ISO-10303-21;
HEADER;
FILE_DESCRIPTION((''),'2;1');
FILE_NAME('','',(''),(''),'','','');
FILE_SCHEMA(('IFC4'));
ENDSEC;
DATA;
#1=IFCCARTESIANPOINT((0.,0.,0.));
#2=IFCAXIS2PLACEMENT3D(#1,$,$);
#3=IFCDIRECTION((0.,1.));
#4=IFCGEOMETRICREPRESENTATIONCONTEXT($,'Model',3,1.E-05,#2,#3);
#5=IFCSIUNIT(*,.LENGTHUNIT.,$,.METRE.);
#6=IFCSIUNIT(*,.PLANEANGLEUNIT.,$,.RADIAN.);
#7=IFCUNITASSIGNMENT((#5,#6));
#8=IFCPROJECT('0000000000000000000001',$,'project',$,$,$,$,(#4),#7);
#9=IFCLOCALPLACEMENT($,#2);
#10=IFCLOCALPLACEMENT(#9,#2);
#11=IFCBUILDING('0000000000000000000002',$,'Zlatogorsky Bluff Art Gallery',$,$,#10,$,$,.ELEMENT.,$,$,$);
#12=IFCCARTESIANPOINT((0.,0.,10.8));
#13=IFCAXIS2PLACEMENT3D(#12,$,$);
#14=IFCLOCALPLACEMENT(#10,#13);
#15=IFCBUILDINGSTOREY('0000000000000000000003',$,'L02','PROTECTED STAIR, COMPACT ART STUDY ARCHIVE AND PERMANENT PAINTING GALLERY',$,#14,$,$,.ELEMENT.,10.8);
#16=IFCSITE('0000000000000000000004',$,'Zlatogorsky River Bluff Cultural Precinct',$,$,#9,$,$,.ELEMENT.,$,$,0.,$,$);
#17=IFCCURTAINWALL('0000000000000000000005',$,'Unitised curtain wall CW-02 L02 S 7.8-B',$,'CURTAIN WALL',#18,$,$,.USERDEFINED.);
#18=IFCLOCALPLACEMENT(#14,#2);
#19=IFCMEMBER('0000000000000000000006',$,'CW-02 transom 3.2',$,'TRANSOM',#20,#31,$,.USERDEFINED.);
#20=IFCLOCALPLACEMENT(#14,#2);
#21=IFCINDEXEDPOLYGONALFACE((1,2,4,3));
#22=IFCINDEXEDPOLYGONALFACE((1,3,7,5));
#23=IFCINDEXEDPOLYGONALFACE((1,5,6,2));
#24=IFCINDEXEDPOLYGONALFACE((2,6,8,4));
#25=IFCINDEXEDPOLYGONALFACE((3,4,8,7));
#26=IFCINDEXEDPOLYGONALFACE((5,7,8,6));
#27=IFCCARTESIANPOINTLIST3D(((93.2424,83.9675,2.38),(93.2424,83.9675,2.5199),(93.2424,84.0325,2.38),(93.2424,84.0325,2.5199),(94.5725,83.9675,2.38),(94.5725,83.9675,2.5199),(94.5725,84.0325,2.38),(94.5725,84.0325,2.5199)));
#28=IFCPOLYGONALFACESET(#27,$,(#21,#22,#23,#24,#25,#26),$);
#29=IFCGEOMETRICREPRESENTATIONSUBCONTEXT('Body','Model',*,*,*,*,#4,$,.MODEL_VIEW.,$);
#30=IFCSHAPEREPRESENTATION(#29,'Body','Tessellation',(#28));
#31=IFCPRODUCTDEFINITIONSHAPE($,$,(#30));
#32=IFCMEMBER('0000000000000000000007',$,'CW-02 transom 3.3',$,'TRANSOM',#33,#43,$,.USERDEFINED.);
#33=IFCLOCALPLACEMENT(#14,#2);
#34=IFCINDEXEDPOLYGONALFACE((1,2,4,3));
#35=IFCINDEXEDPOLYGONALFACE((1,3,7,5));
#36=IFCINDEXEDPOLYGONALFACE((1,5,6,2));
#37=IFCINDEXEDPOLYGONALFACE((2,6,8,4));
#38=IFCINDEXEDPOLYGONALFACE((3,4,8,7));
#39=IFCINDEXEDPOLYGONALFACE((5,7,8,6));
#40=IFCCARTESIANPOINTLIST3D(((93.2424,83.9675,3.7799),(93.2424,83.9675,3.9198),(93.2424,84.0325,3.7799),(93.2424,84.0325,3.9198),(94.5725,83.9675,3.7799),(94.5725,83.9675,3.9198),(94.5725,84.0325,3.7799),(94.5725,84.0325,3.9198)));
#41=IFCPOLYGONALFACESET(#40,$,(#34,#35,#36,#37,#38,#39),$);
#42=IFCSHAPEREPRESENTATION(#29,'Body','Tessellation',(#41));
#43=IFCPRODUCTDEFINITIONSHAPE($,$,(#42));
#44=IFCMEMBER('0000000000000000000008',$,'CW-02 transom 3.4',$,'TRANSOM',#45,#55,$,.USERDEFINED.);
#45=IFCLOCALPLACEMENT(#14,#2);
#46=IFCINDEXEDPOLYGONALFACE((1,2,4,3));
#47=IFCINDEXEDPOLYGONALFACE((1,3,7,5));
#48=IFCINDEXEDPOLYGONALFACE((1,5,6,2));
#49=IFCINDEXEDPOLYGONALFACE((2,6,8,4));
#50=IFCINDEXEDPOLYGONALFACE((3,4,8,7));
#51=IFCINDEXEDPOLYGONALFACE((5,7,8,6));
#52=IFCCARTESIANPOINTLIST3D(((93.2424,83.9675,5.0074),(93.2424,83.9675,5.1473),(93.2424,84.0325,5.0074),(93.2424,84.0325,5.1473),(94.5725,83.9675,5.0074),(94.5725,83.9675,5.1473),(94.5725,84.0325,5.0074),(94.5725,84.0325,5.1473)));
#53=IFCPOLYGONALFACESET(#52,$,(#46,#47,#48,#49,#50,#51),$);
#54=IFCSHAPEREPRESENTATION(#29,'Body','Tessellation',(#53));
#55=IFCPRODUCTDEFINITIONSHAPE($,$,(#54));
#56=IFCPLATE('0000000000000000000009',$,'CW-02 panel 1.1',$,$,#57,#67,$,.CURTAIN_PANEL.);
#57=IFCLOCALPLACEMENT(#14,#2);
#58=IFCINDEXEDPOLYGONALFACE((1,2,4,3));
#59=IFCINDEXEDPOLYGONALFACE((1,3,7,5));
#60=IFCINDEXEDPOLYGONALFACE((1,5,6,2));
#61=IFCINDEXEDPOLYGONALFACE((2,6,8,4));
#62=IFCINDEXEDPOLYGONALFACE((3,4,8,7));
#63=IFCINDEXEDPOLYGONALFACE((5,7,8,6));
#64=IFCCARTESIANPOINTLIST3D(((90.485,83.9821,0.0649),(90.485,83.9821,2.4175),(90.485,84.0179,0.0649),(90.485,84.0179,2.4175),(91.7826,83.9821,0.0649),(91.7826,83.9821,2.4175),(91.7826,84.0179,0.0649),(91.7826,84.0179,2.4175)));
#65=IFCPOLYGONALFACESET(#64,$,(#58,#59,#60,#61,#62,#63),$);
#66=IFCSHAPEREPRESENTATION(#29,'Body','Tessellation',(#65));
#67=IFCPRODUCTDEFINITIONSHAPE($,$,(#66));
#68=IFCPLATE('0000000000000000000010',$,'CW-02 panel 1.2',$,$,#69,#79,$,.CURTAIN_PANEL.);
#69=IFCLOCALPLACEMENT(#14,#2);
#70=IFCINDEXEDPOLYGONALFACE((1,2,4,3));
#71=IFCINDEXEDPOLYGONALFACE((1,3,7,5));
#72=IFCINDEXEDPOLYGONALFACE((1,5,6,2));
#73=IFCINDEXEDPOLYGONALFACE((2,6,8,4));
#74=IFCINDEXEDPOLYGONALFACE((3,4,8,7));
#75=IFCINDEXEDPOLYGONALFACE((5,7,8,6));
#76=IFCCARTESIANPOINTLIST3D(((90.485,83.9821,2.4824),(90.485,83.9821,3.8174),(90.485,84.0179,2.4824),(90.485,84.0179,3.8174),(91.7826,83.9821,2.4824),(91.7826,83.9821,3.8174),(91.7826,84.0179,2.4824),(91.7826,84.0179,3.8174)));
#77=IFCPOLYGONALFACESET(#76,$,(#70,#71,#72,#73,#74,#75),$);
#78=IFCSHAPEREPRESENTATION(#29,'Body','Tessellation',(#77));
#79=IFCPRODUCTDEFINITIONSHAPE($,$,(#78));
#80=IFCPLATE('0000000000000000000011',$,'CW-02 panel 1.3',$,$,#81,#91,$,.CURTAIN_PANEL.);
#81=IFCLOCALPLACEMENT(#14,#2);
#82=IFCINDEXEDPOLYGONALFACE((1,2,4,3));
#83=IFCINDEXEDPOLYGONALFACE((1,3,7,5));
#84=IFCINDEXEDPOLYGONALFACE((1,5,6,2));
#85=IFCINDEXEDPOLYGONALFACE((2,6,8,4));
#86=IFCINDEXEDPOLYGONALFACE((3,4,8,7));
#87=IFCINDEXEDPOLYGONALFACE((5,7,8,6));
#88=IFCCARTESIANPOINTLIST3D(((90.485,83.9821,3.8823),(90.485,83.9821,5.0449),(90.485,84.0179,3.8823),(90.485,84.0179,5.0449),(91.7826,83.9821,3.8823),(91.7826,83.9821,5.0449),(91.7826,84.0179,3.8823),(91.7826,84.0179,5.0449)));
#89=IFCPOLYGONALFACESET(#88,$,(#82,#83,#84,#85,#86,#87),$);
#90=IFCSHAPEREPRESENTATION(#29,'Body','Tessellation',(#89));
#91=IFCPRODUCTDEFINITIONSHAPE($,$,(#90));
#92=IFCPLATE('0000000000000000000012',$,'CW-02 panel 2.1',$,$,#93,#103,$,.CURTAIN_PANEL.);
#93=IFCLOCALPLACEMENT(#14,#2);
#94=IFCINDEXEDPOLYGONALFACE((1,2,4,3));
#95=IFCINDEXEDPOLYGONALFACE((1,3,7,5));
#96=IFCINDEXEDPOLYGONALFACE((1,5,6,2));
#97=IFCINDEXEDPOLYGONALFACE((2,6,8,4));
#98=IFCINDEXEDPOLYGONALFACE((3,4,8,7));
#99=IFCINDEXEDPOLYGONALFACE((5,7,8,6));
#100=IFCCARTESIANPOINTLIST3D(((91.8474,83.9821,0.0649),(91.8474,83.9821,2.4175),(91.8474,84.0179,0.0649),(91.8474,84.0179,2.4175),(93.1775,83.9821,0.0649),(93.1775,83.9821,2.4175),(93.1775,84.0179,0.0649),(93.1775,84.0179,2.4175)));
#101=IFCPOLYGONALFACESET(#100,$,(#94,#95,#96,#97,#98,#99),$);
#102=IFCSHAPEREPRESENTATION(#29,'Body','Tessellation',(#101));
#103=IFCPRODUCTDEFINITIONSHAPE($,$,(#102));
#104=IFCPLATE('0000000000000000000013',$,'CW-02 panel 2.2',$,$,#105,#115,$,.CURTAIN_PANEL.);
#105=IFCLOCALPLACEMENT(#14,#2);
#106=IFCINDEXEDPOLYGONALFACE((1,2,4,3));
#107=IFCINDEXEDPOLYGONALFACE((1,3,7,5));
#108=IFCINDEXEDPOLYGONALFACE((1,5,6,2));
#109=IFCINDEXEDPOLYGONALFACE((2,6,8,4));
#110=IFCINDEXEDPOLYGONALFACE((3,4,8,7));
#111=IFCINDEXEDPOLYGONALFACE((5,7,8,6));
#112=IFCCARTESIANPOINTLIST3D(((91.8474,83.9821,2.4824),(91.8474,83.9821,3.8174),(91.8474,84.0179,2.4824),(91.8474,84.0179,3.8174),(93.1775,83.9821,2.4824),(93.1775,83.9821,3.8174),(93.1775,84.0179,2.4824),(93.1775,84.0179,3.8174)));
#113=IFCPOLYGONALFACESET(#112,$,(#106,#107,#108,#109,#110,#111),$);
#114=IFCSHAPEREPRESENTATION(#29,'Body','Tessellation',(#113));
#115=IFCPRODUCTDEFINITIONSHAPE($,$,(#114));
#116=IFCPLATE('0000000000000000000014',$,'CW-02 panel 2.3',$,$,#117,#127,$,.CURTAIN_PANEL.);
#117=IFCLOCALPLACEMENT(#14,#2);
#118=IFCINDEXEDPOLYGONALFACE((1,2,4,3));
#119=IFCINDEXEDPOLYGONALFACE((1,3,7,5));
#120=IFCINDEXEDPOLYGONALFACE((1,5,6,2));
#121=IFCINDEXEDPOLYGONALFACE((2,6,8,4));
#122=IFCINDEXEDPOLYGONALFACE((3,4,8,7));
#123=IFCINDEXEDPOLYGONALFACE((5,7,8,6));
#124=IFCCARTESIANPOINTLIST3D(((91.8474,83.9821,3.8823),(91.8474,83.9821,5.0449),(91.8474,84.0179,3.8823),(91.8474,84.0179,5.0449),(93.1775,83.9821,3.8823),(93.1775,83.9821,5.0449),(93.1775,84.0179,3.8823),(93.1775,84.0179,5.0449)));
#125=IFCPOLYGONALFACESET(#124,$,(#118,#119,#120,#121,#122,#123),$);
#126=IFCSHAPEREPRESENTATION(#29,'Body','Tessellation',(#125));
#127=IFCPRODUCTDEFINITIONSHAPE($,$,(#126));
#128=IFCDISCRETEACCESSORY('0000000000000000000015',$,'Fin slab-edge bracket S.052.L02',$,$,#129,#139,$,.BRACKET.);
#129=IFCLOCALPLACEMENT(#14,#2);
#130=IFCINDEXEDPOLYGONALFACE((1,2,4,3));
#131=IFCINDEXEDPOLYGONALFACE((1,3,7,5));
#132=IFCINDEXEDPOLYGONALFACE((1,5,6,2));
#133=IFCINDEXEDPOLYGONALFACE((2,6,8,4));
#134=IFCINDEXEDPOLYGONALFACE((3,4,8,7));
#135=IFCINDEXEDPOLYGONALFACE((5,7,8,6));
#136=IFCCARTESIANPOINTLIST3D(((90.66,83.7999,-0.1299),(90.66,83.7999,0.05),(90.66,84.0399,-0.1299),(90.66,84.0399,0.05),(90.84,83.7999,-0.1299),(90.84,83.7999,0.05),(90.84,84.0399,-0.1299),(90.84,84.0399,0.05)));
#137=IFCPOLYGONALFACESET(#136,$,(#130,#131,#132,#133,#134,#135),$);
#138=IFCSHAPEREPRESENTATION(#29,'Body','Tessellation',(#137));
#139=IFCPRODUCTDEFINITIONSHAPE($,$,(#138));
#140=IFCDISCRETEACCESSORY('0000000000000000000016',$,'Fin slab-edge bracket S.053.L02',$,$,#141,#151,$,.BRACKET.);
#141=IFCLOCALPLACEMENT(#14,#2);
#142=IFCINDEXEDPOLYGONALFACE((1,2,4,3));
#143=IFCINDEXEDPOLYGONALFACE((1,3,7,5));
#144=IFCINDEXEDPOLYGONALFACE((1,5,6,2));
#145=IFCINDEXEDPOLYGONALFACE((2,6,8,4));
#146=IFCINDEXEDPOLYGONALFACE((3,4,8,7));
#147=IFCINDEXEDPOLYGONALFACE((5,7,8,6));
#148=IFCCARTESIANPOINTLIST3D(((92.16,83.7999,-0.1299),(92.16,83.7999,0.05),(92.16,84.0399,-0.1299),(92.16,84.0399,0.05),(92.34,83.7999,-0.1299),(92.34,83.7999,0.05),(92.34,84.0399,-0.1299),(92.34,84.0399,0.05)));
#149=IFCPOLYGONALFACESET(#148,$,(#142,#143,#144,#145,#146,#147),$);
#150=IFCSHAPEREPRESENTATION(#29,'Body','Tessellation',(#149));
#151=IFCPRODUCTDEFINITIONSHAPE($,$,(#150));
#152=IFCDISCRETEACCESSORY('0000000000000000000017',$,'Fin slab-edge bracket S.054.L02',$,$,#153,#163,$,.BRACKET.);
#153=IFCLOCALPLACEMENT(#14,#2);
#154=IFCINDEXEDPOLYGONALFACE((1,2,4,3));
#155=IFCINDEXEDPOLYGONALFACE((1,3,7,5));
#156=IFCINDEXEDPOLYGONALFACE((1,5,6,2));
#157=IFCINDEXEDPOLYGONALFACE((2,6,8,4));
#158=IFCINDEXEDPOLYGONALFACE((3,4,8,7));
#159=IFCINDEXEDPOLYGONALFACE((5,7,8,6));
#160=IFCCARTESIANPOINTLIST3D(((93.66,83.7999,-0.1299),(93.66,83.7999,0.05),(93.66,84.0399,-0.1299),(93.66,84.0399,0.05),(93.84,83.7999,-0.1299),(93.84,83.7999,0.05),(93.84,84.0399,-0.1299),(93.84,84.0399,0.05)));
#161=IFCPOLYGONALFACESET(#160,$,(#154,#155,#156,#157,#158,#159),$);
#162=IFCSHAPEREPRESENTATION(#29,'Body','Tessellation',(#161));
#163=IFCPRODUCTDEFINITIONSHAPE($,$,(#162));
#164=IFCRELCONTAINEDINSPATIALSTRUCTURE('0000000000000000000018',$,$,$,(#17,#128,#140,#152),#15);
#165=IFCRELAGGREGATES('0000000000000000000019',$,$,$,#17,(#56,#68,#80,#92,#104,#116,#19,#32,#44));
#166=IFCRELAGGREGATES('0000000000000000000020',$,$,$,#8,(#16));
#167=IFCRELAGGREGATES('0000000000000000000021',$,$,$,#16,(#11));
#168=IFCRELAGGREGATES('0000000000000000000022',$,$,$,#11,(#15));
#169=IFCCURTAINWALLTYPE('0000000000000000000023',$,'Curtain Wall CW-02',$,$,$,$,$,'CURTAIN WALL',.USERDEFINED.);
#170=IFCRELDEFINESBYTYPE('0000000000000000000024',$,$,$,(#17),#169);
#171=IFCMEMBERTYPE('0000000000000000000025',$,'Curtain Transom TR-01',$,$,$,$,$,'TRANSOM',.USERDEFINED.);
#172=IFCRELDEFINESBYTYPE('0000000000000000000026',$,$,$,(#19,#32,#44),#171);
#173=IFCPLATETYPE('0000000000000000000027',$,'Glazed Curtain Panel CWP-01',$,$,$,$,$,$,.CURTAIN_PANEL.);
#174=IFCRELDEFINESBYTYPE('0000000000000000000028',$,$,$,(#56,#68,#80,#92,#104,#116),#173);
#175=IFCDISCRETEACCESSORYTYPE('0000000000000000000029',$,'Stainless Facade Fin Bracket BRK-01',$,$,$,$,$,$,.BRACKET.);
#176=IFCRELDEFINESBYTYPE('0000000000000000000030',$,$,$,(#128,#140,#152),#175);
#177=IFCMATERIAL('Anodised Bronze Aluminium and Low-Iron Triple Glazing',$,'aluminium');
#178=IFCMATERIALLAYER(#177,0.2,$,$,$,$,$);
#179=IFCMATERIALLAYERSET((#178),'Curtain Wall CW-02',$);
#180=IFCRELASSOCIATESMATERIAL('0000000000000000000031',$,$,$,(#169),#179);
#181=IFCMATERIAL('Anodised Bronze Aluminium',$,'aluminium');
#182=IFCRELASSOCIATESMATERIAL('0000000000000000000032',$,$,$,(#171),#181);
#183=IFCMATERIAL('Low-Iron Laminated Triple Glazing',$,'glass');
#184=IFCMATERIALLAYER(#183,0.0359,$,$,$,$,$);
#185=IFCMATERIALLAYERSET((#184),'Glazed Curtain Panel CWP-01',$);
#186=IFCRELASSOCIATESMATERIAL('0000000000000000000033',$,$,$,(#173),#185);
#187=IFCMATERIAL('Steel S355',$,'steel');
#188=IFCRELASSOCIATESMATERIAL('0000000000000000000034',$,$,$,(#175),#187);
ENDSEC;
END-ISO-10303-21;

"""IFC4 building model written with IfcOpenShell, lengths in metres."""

from ifc_helpers import new_model, si_unit, direction, frame, origin, origin_2d, place, context, subcontext, project, spatial, rectangle, extrude, material, layer, layer_set, material_profile, profile_set, type_object, element, aggregate, save


model = new_model("IFC4")

# Units and contexts
model_context = context("Model", 3, precision=1e-05, world=origin(), true_north=direction((0.0, 1.0)))
body_context = subcontext(model_context, "Body", "Model", "MODEL_VIEW")
ifc_project = project(units=[si_unit("LENGTHUNIT", "METRE"), si_unit("PLANEANGLEUNIT", "RADIAN")], contexts=[model_context])

# Site, building, storey
site_placement = place(None, origin())
site = spatial("IfcSite", under=ifc_project, at=site_placement, Name="Zlatogorsky River Bluff Cultural Precinct", CompositionType="ELEMENT", RefElevation=0.0)
building_placement = place(site_placement, origin())
building = spatial("IfcBuilding", under=site, at=building_placement, Name="Zlatogorsky Bluff Art Gallery", CompositionType="ELEMENT")
storey_placement = place(building_placement, frame((0.0, 0.0, 10.8)))
storey = spatial("IfcBuildingStorey", under=building, at=storey_placement, Name="L02", Description="PROTECTED STAIR, COMPACT ART STUDY ARCHIVE AND PERMANENT PAINTING GALLERY", CompositionType="ELEMENT", Elevation=10.8)

# Shared definitions
ifc_material_1 = material(Name="Steel S355", Category="steel")

# Curtain wall, members, plates
ifc_material_2 = material(Name="Anodised Bronze Aluminium and Low-Iron Triple Glazing", Category="aluminium")
ifc_layer_1 = layer(ifc_material_2, 0.2)
ifc_layer_set_1 = layer_set([ifc_layer_1], Name="Curtain Wall CW-02")
curtain_wall_type = type_object("IfcCurtainWallType", Name="Curtain Wall CW-02", ElementType="CURTAIN WALL", PredefinedType="USERDEFINED", material=ifc_layer_set_1)
curtain_wall_placement = place(storey_placement, origin())
curtain_wall = element("IfcCurtainWall", 1, at=curtain_wall_placement, inside=storey, type_object=curtain_wall_type, Name="Unitised curtain wall CW-02 L02 S 7.8-B", ObjectType="CURTAIN WALL", PredefinedType="USERDEFINED")
ifc_material_3 = material(Name="Anodised Bronze Aluminium", Category="aluminium")
ifc_material_profile_1 = material_profile(ifc_material_3, rectangle(XDim=0.0649, YDim=0.1399, at=origin_2d()), Name="ALU TRANSOM 65x140")
ifc_profile_set_1 = profile_set([ifc_material_profile_1], Name="Anodised Bronze Aluminium")
member_type_1 = type_object("IfcMemberType", Name="Curtain Transom TR-01", ElementType="TRANSOM", PredefinedType="USERDEFINED", material=ifc_profile_set_1)
member_1_placement = place(storey_placement, frame((93.2424, 84.0, 2.45), z_axis=(1.0, 0.0, 0.0), x_axis=(0.0, 1.0, 0.0)))
member_1 = element("IfcMember", 2, at=member_1_placement, type_object=member_type_1, Name="CW-02 transom 3.2", ObjectType="TRANSOM", PredefinedType="USERDEFINED", context=body_context, shape_type="SweptSolid", body=[
    extrude(rectangle(XDim=0.0649, YDim=0.1399, at=origin_2d()), origin(), (0.0, 0.0, 1.0), 1.3301),
])
member_2_placement = place(storey_placement, frame((93.2424, 84.0, 3.8499), z_axis=(1.0, 0.0, 0.0), x_axis=(0.0, 1.0, 0.0)))
member_2 = element("IfcMember", 3, at=member_2_placement, type_object=member_type_1, Name="CW-02 transom 3.3", ObjectType="TRANSOM", PredefinedType="USERDEFINED", context=body_context, shape_type="SweptSolid", body=[
    extrude(rectangle(XDim=0.0649, YDim=0.1399, at=origin_2d()), origin(), (0.0, 0.0, 1.0), 1.3301),
])
member_3_placement = place(storey_placement, frame((93.2424, 84.0, 5.0774), z_axis=(1.0, 0.0, 0.0), x_axis=(0.0, 1.0, 0.0)))
member_3 = element("IfcMember", 4, at=member_3_placement, type_object=member_type_1, Name="CW-02 transom 3.4", ObjectType="TRANSOM", PredefinedType="USERDEFINED", context=body_context, shape_type="SweptSolid", body=[
    extrude(rectangle(XDim=0.0649, YDim=0.1399, at=origin_2d()), origin(), (0.0, 0.0, 1.0), 1.3301),
])
ifc_material_4 = material(Name="Low-Iron Laminated Triple Glazing", Category="glass")
ifc_layer_2 = layer(ifc_material_4, 0.0359)
ifc_layer_set_2 = layer_set([ifc_layer_2], Name="Glazed Curtain Panel CWP-01")
plate_type = type_object("IfcPlateType", Name="Glazed Curtain Panel CWP-01", PredefinedType="CURTAIN_PANEL", material=ifc_layer_set_2)
plate_1_placement = place(storey_placement, frame((91.1338, 84.0, 0.0649), z_axis=(0.0, 0.0, 1.0), x_axis=(1.0, 0.0, 0.0)))
plate_1 = element("IfcPlate", 5, at=plate_1_placement, type_object=plate_type, Name="CW-02 panel 1.1", PredefinedType="CURTAIN_PANEL", context=body_context, shape_type="SweptSolid", body=[
    extrude(rectangle(XDim=1.2976, YDim=0.0359, at=origin_2d()), origin(), (0.0, 0.0, 1.0), 2.3525),
])
plate_2_placement = place(storey_placement, frame((91.1338, 84.0, 2.4824), z_axis=(0.0, 0.0, 1.0), x_axis=(1.0, 0.0, 0.0)))
plate_2 = element("IfcPlate", 6, at=plate_2_placement, type_object=plate_type, Name="CW-02 panel 1.2", PredefinedType="CURTAIN_PANEL", context=body_context, shape_type="SweptSolid", body=[
    extrude(rectangle(XDim=1.2976, YDim=0.0359, at=origin_2d()), origin(), (0.0, 0.0, 1.0), 1.335),
])
plate_3_placement = place(storey_placement, frame((91.1338, 84.0, 3.8823), z_axis=(0.0, 0.0, 1.0), x_axis=(1.0, 0.0, 0.0)))
plate_3 = element("IfcPlate", 7, at=plate_3_placement, type_object=plate_type, Name="CW-02 panel 1.3", PredefinedType="CURTAIN_PANEL", context=body_context, shape_type="SweptSolid", body=[
    extrude(rectangle(XDim=1.2976, YDim=0.0359, at=origin_2d()), origin(), (0.0, 0.0, 1.0), 1.1626),
])
plate_4_placement = place(storey_placement, frame((92.5125, 84.0, 0.0649), z_axis=(0.0, 0.0, 1.0), x_axis=(1.0, 0.0, 0.0)))
plate_4 = element("IfcPlate", 8, at=plate_4_placement, type_object=plate_type, Name="CW-02 panel 2.1", PredefinedType="CURTAIN_PANEL", context=body_context, shape_type="SweptSolid", body=[
    extrude(rectangle(XDim=1.3301, YDim=0.0359, at=origin_2d()), origin(), (0.0, 0.0, 1.0), 2.3525),
])
plate_5_placement = place(storey_placement, frame((92.5125, 84.0, 2.4824), z_axis=(0.0, 0.0, 1.0), x_axis=(1.0, 0.0, 0.0)))
plate_5 = element("IfcPlate", 9, at=plate_5_placement, type_object=plate_type, Name="CW-02 panel 2.2", PredefinedType="CURTAIN_PANEL", context=body_context, shape_type="SweptSolid", body=[
    extrude(rectangle(XDim=1.3301, YDim=0.0359, at=origin_2d()), origin(), (0.0, 0.0, 1.0), 1.335),
])
plate_6_placement = place(storey_placement, frame((92.5125, 84.0, 3.8823), z_axis=(0.0, 0.0, 1.0), x_axis=(1.0, 0.0, 0.0)))
plate_6 = element("IfcPlate", 10, at=plate_6_placement, type_object=plate_type, Name="CW-02 panel 2.3", PredefinedType="CURTAIN_PANEL", context=body_context, shape_type="SweptSolid", body=[
    extrude(rectangle(XDim=1.3301, YDim=0.0359, at=origin_2d()), origin(), (0.0, 0.0, 1.0), 1.1626),
])
aggregate(curtain_wall, [plate_1, plate_2, plate_3, plate_4, plate_5, plate_6, member_1, member_2, member_3])

# Discrete accessories
discrete_accessory_type = type_object("IfcDiscreteAccessoryType", Name="Stainless Facade Fin Bracket BRK-01", PredefinedType="BRACKET", material=ifc_material_1)
for number, where, z_axis, x_axis, name in (
    (11, (90.75, 83.9199, -0.1299), (0.0, 0.0, 1.0), (1.0, 0.0, 0.0), "Fin slab-edge bracket S.052.L02"),
    (12, (92.25, 83.9199, -0.1299), (0.0, 0.0, 1.0), (1.0, 0.0, 0.0), "Fin slab-edge bracket S.053.L02"),
    (13, (93.75, 83.9199, -0.1299), (0.0, 0.0, 1.0), (1.0, 0.0, 0.0), "Fin slab-edge bracket S.054.L02"),
):
    element("IfcDiscreteAccessory", number, at=place(storey_placement, frame(where, z_axis=z_axis, x_axis=x_axis)), inside=storey, type_object=discrete_accessory_type, Name=name, PredefinedType="BRACKET", context=body_context, shape_type="SweptSolid", body=[
        extrude(rectangle(XDim=0.1799, YDim=0.24, at=origin_2d()), origin(), (0.0, 0.0, 1.0), 0.1799),
    ])

save(model, "model.ifc")
